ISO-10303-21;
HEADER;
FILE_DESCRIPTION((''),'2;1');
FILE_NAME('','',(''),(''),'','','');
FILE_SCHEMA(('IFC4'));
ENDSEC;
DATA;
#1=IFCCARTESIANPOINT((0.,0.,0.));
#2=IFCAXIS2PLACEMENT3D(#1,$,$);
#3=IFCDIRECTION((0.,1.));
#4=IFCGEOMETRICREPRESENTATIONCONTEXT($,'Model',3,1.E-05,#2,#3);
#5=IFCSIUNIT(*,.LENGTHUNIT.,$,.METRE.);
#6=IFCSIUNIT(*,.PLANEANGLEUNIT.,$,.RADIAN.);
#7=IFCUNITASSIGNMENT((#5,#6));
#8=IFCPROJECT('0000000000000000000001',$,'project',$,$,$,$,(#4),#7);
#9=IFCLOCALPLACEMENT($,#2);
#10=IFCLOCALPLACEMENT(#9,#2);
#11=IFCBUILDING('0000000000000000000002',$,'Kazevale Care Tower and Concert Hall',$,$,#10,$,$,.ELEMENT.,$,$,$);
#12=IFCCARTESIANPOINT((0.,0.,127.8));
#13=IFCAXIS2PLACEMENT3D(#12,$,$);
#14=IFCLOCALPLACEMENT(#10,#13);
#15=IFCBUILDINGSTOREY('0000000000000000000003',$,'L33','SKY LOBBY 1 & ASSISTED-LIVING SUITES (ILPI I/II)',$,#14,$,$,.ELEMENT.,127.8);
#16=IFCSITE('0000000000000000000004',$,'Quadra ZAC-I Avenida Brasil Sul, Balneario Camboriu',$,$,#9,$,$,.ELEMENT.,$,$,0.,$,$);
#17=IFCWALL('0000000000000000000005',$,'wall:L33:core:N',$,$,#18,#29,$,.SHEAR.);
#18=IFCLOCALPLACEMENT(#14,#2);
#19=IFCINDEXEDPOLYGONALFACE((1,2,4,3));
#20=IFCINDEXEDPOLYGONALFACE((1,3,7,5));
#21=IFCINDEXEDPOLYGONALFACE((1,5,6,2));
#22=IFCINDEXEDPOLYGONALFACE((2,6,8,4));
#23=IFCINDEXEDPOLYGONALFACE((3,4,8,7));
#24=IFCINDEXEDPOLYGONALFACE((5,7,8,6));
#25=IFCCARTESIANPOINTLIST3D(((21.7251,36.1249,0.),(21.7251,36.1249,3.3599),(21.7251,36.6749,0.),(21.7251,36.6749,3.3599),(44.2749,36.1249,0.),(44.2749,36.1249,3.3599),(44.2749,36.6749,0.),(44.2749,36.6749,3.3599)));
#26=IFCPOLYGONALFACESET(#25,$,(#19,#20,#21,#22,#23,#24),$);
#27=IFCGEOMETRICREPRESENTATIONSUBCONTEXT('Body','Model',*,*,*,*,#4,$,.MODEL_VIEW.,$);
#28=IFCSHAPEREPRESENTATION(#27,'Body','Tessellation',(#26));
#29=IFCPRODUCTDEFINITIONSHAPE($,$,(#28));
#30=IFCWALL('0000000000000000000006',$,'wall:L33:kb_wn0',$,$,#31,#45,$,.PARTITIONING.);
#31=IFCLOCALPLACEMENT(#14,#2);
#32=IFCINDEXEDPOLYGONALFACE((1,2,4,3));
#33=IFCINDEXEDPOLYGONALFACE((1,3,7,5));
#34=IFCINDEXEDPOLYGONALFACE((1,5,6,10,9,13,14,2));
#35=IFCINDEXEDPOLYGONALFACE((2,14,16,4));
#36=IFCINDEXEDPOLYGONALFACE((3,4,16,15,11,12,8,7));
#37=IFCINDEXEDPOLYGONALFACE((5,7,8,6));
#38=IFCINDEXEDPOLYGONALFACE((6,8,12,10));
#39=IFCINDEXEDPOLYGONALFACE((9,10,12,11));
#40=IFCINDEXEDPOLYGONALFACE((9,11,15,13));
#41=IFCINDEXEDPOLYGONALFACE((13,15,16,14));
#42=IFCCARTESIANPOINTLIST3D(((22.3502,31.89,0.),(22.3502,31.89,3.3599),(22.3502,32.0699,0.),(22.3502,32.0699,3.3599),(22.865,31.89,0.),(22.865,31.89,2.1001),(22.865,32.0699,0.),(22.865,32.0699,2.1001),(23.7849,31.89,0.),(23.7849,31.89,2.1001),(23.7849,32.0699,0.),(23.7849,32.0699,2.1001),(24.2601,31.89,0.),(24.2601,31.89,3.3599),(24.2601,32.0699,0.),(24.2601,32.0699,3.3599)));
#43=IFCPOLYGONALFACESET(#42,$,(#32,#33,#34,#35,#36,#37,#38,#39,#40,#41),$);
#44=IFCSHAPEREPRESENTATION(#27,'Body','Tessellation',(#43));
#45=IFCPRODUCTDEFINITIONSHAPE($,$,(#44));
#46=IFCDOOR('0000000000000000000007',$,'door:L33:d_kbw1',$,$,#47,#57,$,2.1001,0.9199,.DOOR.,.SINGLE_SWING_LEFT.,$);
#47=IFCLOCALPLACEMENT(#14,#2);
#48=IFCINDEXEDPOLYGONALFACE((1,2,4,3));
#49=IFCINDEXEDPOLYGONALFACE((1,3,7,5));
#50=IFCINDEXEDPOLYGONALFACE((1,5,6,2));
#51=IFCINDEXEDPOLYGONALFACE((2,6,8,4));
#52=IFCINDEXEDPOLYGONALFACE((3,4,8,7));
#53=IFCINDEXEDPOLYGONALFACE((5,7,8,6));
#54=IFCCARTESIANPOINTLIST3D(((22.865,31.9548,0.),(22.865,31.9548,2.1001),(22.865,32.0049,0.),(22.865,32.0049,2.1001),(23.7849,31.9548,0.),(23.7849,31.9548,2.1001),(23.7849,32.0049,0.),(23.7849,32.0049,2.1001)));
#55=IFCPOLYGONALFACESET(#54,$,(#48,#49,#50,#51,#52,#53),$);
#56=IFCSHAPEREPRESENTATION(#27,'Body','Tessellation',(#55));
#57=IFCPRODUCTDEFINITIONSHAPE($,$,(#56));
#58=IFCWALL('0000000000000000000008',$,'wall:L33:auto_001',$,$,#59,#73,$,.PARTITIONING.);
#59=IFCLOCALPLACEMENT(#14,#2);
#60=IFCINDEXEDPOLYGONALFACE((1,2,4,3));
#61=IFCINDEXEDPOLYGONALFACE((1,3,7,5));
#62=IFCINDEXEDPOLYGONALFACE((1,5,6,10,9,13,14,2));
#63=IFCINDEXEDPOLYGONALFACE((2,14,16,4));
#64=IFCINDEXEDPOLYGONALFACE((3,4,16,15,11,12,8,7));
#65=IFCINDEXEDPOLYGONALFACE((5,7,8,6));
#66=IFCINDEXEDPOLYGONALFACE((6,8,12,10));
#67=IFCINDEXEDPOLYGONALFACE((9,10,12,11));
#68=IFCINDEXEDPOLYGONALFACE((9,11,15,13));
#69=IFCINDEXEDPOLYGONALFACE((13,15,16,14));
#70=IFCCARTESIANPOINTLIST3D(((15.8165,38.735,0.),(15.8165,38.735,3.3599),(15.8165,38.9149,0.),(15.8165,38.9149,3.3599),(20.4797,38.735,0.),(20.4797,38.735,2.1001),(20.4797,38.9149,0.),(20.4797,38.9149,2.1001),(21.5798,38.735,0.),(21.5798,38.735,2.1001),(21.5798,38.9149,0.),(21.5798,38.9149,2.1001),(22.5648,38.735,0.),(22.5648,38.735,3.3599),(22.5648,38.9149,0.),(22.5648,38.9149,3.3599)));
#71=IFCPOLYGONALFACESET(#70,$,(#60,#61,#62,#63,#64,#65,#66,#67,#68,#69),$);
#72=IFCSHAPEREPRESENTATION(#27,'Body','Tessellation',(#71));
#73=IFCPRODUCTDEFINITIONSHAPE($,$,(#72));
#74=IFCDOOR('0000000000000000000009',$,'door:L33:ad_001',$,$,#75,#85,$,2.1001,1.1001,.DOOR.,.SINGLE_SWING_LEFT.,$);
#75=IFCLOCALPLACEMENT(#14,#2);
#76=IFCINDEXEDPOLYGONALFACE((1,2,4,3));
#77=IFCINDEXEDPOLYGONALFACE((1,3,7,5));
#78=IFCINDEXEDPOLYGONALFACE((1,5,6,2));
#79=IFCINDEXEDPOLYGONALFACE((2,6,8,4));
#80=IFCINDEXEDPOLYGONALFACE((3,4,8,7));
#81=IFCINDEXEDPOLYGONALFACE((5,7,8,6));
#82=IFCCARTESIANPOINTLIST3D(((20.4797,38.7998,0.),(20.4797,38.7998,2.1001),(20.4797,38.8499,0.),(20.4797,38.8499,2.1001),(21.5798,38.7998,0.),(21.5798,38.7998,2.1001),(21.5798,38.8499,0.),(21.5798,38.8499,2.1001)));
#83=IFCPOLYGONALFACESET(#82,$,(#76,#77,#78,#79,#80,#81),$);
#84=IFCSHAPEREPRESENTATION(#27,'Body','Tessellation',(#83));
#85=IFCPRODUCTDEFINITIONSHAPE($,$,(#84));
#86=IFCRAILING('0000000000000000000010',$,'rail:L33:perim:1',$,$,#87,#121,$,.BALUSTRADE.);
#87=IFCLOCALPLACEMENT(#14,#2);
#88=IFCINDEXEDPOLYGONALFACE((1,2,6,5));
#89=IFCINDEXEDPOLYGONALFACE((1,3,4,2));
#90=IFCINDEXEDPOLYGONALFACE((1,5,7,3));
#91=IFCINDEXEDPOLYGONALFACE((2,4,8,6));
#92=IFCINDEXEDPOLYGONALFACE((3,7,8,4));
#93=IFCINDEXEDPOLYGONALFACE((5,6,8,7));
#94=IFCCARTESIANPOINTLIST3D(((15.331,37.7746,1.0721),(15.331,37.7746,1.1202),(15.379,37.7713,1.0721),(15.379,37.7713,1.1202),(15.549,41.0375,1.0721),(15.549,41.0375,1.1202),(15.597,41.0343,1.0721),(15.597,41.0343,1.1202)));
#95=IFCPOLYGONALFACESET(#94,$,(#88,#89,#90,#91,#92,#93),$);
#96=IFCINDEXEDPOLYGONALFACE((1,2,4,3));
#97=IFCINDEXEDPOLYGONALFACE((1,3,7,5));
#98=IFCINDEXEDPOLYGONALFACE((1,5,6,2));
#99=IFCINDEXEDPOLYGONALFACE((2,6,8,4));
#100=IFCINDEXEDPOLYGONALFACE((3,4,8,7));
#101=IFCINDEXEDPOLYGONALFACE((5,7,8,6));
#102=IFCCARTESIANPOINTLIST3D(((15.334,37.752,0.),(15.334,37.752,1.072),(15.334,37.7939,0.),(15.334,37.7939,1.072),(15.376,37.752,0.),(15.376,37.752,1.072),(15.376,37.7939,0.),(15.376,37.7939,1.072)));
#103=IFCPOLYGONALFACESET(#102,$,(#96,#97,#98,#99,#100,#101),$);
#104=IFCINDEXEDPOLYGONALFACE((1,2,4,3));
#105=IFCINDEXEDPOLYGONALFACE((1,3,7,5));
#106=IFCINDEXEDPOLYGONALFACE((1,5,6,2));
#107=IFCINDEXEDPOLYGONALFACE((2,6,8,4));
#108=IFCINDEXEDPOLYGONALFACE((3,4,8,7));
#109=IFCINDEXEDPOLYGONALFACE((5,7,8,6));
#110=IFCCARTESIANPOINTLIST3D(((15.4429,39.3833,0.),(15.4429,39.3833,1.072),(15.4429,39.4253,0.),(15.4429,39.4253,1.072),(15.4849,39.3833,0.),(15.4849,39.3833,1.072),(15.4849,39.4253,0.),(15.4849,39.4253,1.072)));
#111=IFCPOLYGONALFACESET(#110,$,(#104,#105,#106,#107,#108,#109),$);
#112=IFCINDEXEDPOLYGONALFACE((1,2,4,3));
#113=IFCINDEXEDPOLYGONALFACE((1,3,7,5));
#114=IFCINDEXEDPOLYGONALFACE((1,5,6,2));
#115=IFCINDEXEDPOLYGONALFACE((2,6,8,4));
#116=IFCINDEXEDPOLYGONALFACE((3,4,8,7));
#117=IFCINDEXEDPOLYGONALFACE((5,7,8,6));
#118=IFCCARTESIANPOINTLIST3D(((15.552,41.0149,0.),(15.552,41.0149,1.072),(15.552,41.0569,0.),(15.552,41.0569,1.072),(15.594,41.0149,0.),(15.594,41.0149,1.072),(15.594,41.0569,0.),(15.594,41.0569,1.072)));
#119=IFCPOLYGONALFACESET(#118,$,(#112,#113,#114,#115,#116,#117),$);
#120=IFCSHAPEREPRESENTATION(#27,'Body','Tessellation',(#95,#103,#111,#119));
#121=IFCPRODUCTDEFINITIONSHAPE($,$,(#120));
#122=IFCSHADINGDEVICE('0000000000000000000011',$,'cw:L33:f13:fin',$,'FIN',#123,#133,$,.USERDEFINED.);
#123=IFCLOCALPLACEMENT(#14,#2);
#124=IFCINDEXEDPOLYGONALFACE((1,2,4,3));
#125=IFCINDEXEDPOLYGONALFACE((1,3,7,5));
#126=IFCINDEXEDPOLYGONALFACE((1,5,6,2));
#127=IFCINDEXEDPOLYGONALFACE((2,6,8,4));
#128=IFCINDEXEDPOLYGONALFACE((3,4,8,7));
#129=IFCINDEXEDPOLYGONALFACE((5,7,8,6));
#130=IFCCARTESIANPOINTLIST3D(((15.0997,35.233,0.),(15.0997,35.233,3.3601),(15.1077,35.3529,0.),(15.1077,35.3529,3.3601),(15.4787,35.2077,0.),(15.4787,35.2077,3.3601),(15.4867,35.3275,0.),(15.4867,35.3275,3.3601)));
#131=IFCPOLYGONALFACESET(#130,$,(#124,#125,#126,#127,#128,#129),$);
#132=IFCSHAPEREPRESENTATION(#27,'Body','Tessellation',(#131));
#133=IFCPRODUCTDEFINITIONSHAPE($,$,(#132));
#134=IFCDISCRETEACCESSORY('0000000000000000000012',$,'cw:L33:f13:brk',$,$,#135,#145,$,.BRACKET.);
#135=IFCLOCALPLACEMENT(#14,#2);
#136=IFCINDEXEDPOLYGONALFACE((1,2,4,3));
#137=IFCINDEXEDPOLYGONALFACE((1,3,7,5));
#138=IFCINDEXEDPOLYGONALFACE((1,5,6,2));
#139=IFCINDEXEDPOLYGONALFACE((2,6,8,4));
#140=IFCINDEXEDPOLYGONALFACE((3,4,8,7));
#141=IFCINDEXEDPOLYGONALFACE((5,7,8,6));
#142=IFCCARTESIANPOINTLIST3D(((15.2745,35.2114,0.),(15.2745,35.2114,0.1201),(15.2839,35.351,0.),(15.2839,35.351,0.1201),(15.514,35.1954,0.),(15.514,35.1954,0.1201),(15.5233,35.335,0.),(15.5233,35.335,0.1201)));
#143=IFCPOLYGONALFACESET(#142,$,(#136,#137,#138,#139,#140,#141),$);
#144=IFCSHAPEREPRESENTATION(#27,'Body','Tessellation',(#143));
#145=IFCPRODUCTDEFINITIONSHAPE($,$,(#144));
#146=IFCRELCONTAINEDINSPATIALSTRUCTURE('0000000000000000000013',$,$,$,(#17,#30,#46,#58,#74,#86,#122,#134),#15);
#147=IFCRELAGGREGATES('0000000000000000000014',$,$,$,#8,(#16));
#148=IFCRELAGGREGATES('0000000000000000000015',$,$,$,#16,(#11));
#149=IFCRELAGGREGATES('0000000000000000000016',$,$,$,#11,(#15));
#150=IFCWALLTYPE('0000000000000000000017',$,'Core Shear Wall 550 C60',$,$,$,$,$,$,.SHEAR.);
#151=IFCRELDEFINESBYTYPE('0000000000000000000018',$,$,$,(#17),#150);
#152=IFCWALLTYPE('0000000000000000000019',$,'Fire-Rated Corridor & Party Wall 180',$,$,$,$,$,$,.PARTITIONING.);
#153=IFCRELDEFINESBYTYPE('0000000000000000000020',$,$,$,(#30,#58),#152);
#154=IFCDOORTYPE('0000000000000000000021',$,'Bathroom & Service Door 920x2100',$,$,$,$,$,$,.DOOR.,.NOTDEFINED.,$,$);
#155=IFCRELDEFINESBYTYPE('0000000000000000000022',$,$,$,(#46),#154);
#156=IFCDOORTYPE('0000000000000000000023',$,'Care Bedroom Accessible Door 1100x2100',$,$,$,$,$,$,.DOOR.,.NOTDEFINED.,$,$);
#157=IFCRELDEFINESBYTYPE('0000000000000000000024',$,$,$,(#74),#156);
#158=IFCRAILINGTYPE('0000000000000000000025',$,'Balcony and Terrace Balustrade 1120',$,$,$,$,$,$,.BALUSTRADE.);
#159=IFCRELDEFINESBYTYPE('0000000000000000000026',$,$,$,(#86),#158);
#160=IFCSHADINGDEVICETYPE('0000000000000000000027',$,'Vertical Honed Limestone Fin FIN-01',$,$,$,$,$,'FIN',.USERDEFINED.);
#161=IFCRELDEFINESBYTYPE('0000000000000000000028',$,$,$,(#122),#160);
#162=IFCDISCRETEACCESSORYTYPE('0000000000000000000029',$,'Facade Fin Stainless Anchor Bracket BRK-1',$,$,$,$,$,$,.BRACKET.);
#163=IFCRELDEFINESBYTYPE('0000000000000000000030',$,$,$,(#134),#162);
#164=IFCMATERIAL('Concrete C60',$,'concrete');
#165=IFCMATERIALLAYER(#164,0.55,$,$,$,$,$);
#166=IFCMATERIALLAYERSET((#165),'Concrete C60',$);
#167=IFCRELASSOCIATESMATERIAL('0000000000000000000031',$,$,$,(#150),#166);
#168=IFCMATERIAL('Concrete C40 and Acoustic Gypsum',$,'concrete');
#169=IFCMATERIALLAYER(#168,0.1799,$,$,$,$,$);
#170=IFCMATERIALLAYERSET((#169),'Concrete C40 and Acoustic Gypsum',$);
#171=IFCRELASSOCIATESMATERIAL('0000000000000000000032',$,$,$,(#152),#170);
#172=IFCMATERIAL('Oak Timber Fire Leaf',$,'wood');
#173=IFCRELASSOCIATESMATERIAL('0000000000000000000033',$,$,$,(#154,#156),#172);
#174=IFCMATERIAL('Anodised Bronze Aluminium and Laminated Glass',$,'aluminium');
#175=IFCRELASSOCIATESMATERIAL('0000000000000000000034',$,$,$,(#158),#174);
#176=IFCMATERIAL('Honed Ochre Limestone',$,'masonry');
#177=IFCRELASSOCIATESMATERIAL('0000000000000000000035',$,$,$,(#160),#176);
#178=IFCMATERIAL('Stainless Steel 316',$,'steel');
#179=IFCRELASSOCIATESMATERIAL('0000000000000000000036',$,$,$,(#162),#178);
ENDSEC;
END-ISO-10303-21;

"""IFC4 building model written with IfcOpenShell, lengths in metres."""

from ifc_helpers import new_model, si_unit, direction, frame, frame_2d, origin, origin_2d, place, context, subcontext, project, spatial, rectangle, extrude, material, layer, layer_set, type_object, element, fill, save


model = new_model("IFC4")

# Units and contexts
model_context = context("Model", 3, precision=1e-05, world=origin(), true_north=direction((0.0, 1.0)))
body_context = subcontext(model_context, "Body", "Model", "MODEL_VIEW")
ifc_project = project(units=[si_unit("LENGTHUNIT", "METRE"), si_unit("PLANEANGLEUNIT", "RADIAN")], contexts=[model_context])

# Site, building, storey
site_placement = place(None, origin())
site = spatial("IfcSite", under=ifc_project, at=site_placement, Name="Quadra ZAC-I Avenida Brasil Sul, Balneario Camboriu", CompositionType="ELEMENT", RefElevation=0.0)
building_placement = place(site_placement, origin())
building = spatial("IfcBuilding", under=site, at=building_placement, Name="Kazevale Care Tower and Concert Hall", CompositionType="ELEMENT")
storey_placement = place(building_placement, frame((0.0, 0.0, 127.8)))
storey = spatial("IfcBuildingStorey", under=building, at=storey_placement, Name="L33", Description="SKY LOBBY 1 & ASSISTED-LIVING SUITES (ILPI I/II)", CompositionType="ELEMENT", Elevation=127.8)

# Shared definitions
ifc_material_1 = material(Name="Concrete C60", Category="concrete")

# Wall
ifc_layer_1 = layer(ifc_material_1, 0.55)
ifc_layer_set_1 = layer_set([ifc_layer_1], Name="Concrete C60")
wall_type_1 = type_object("IfcWallType", Name="Core Shear Wall 550 C60", PredefinedType="SHEAR", material=ifc_layer_set_1)
wall_1_placement = place(storey_placement, frame((21.7251, 36.3999, 0.0), z_axis=(0.0, 0.0, 1.0), x_axis=(1.0, 0.0, 0.0)))
element("IfcWall", 1, at=wall_1_placement, inside=storey, type_object=wall_type_1, Name="wall:L33:core:N", PredefinedType="SHEAR", context=body_context, shape_type="SweptSolid", body=[
    extrude(rectangle(XDim=22.5498, YDim=0.55, at=frame_2d((11.2749, 0.0))), origin(), (0.0, 0.0, 1.0), 3.3599),
])

# Walls, openings, doors
ifc_material_2 = material(Name="Concrete C40 and Acoustic Gypsum", Category="concrete")
ifc_layer_2 = layer(ifc_material_2, 0.1799)
ifc_layer_set_2 = layer_set([ifc_layer_2], Name="Concrete C40 and Acoustic Gypsum")
wall_type_2 = type_object("IfcWallType", Name="Fire-Rated Corridor & Party Wall 180", PredefinedType="PARTITIONING", material=ifc_layer_set_2)
wall_2_placement = place(storey_placement, frame((22.3501, 31.98, 0.0), z_axis=(0.0, 0.0, 1.0), x_axis=(1.0, 0.0, 0.0)))
wall_2 = element("IfcWall", 2, at=wall_2_placement, inside=storey, type_object=wall_type_2, Name="wall:L33:kb_wn0", PredefinedType="PARTITIONING", context=body_context, shape_type="SweptSolid", body=[
    extrude(rectangle(XDim=1.9099, YDim=0.1799, at=frame_2d((0.9551, 0.0))), origin(), (0.0, 0.0, 1.0), 3.3599),
])
opening_1_placement = place(wall_2_placement, frame((0.5149, 0.0, 0.0)))
opening_1 = element("IfcOpeningElement", 3, at=opening_1_placement, cuts=wall_2, PredefinedType="OPENING", context=body_context, shape_type="SweptSolid", body=[
    extrude(rectangle(XDim=0.9199, YDim=2.1001, at=frame_2d((0.46, 1.05))), frame((0.0, 0.0999, 0.0), z_axis=(0.0, -1.0, 0.0), x_axis=(1.0, 0.0, 0.0)), (0.0, 0.0, 1.0), 0.2),
])
ifc_material_3 = material(Name="Oak Timber Fire Leaf", Category="wood")
door_type_1 = type_object("IfcDoorType", Name="Bathroom & Service Door 920x2100", OperationType="NOTDEFINED", PredefinedType="DOOR", material=ifc_material_3)
door_1_placement = place(opening_1_placement, origin())
door_1 = element("IfcDoor", 4, at=door_1_placement, inside=storey, type_object=door_type_1, Name="door:L33:d_kbw1", OperationType="SINGLE_SWING_LEFT", OverallHeight=2.1001, OverallWidth=0.9199, PredefinedType="DOOR", context=body_context, shape_type="SweptSolid", body=[
    extrude(rectangle(XDim=0.9199, YDim=2.1001, at=frame_2d((0.46, 1.05))), frame((0.0, 0.0249, 0.0), z_axis=(0.0, -1.0, 0.0), x_axis=(1.0, 0.0, 0.0)), (0.0, 0.0, 1.0), 0.05),
])
fill(opening_1, door_1)
wall_3_placement = place(storey_placement, frame((15.8167, 38.825, 0.0), z_axis=(0.0, 0.0, 1.0), x_axis=(1.0, 0.0, 0.0)))
wall_3 = element("IfcWall", 5, at=wall_3_placement, inside=storey, type_object=wall_type_2, Name="wall:L33:auto_001", PredefinedType="PARTITIONING", context=body_context, shape_type="SweptSolid", body=[
    extrude(rectangle(XDim=6.7483, YDim=0.1799, at=frame_2d((3.374, 0.0))), origin(), (0.0, 0.0, 1.0), 3.3599),
])
opening_2_placement = place(wall_3_placement, frame((4.6631, 0.0, 0.0)))
opening_2 = element("IfcOpeningElement", 6, at=opening_2_placement, cuts=wall_3, PredefinedType="OPENING", context=body_context, shape_type="SweptSolid", body=[
    extrude(rectangle(XDim=1.1001, YDim=2.1001, at=frame_2d((0.55, 1.05))), frame((0.0, 0.0999, 0.0), z_axis=(0.0, -1.0, 0.0), x_axis=(1.0, 0.0, 0.0)), (0.0, 0.0, 1.0), 0.2),
])
door_type_2 = type_object("IfcDoorType", Name="Care Bedroom Accessible Door 1100x2100", OperationType="NOTDEFINED", PredefinedType="DOOR", material=ifc_material_3)
door_2_placement = place(opening_2_placement, origin())
door_2 = element("IfcDoor", 7, at=door_2_placement, inside=storey, type_object=door_type_2, Name="door:L33:ad_001", OperationType="SINGLE_SWING_LEFT", OverallHeight=2.1001, OverallWidth=1.1001, PredefinedType="DOOR", context=body_context, shape_type="SweptSolid", body=[
    extrude(rectangle(XDim=1.1001, YDim=2.1001, at=frame_2d((0.55, 1.05))), frame((0.0, 0.0249, 0.0), z_axis=(0.0, -1.0, 0.0), x_axis=(1.0, 0.0, 0.0)), (0.0, 0.0, 1.0), 0.05),
])
fill(opening_2, door_2)

# Railing
ifc_material_4 = material(Name="Anodised Bronze Aluminium and Laminated Glass", Category="aluminium")
railing_type = type_object("IfcRailingType", Name="Balcony and Terrace Balustrade 1120", PredefinedType="BALUSTRADE", material=ifc_material_4)
railing_placement = place(storey_placement, frame((15.355, 37.7729, 0.0)))
element("IfcRailing", 8, at=railing_placement, inside=storey, type_object=railing_type, Name="rail:L33:perim:1", PredefinedType="BALUSTRADE", context=body_context, shape_type="SweptSolid", body=[
    extrude(rectangle(XDim=0.0481, YDim=0.0481, at=origin_2d()), frame((0.0, 0.0, 1.0962), z_axis=(0.066668, 0.997775, 0.0), x_axis=(-0.997775, 0.066668, 0.0)), (0.0, 0.0, 1.0), 3.2703),
    extrude(rectangle(XDim=0.042, YDim=0.042, at=origin_2d()), origin(), (0.0, 0.0, 1.0), 1.072),
    extrude(rectangle(XDim=0.042, YDim=0.042, at=origin_2d()), frame((0.1089, 1.6313, 0.0)), (0.0, 0.0, 1.0), 1.072),
    extrude(rectangle(XDim=0.042, YDim=0.042, at=origin_2d()), frame((0.218, 3.2629, 0.0)), (0.0, 0.0, 1.0), 1.072),
])

# Shading device
ifc_material_5 = material(Name="Honed Ochre Limestone", Category="masonry")
shading_device_type = type_object("IfcShadingDeviceType", Name="Vertical Honed Limestone Fin FIN-01", ElementType="FIN", PredefinedType="USERDEFINED", material=ifc_material_5)
shading_device_placement = place(storey_placement, frame((15.2932, 35.2803, 0.0), z_axis=(0.0, 0.0, 1.0), x_axis=(-0.997778, 0.066622, 0.0)))
element("IfcShadingDevice", 9, at=shading_device_placement, inside=storey, type_object=shading_device_type, Name="cw:L33:f13:fin", ObjectType="FIN", PredefinedType="USERDEFINED", context=body_context, shape_type="SweptSolid", body=[
    extrude(rectangle(XDim=0.3799, YDim=0.1201, at=origin_2d()), origin(), (0.0, 0.0, 1.0), 3.3601),
])

# Discrete accessory
ifc_material_6 = material(Name="Stainless Steel 316", Category="steel")
discrete_accessory_type = type_object("IfcDiscreteAccessoryType", Name="Facade Fin Stainless Anchor Bracket BRK-1", PredefinedType="BRACKET", material=ifc_material_6)
discrete_accessory_placement = place(storey_placement, frame((15.3989, 35.2732, 0.0), z_axis=(0.0, 0.0, 1.0), x_axis=(-0.997778, 0.066622, 0.0)))
element("IfcDiscreteAccessory", 10, at=discrete_accessory_placement, inside=storey, type_object=discrete_accessory_type, Name="cw:L33:f13:brk", PredefinedType="BRACKET", context=body_context, shape_type="SweptSolid", body=[
    extrude(rectangle(XDim=0.24, YDim=0.1399, at=origin_2d()), origin(), (0.0, 0.0, 1.0), 0.1201),
])

save(model, "model.ifc")
